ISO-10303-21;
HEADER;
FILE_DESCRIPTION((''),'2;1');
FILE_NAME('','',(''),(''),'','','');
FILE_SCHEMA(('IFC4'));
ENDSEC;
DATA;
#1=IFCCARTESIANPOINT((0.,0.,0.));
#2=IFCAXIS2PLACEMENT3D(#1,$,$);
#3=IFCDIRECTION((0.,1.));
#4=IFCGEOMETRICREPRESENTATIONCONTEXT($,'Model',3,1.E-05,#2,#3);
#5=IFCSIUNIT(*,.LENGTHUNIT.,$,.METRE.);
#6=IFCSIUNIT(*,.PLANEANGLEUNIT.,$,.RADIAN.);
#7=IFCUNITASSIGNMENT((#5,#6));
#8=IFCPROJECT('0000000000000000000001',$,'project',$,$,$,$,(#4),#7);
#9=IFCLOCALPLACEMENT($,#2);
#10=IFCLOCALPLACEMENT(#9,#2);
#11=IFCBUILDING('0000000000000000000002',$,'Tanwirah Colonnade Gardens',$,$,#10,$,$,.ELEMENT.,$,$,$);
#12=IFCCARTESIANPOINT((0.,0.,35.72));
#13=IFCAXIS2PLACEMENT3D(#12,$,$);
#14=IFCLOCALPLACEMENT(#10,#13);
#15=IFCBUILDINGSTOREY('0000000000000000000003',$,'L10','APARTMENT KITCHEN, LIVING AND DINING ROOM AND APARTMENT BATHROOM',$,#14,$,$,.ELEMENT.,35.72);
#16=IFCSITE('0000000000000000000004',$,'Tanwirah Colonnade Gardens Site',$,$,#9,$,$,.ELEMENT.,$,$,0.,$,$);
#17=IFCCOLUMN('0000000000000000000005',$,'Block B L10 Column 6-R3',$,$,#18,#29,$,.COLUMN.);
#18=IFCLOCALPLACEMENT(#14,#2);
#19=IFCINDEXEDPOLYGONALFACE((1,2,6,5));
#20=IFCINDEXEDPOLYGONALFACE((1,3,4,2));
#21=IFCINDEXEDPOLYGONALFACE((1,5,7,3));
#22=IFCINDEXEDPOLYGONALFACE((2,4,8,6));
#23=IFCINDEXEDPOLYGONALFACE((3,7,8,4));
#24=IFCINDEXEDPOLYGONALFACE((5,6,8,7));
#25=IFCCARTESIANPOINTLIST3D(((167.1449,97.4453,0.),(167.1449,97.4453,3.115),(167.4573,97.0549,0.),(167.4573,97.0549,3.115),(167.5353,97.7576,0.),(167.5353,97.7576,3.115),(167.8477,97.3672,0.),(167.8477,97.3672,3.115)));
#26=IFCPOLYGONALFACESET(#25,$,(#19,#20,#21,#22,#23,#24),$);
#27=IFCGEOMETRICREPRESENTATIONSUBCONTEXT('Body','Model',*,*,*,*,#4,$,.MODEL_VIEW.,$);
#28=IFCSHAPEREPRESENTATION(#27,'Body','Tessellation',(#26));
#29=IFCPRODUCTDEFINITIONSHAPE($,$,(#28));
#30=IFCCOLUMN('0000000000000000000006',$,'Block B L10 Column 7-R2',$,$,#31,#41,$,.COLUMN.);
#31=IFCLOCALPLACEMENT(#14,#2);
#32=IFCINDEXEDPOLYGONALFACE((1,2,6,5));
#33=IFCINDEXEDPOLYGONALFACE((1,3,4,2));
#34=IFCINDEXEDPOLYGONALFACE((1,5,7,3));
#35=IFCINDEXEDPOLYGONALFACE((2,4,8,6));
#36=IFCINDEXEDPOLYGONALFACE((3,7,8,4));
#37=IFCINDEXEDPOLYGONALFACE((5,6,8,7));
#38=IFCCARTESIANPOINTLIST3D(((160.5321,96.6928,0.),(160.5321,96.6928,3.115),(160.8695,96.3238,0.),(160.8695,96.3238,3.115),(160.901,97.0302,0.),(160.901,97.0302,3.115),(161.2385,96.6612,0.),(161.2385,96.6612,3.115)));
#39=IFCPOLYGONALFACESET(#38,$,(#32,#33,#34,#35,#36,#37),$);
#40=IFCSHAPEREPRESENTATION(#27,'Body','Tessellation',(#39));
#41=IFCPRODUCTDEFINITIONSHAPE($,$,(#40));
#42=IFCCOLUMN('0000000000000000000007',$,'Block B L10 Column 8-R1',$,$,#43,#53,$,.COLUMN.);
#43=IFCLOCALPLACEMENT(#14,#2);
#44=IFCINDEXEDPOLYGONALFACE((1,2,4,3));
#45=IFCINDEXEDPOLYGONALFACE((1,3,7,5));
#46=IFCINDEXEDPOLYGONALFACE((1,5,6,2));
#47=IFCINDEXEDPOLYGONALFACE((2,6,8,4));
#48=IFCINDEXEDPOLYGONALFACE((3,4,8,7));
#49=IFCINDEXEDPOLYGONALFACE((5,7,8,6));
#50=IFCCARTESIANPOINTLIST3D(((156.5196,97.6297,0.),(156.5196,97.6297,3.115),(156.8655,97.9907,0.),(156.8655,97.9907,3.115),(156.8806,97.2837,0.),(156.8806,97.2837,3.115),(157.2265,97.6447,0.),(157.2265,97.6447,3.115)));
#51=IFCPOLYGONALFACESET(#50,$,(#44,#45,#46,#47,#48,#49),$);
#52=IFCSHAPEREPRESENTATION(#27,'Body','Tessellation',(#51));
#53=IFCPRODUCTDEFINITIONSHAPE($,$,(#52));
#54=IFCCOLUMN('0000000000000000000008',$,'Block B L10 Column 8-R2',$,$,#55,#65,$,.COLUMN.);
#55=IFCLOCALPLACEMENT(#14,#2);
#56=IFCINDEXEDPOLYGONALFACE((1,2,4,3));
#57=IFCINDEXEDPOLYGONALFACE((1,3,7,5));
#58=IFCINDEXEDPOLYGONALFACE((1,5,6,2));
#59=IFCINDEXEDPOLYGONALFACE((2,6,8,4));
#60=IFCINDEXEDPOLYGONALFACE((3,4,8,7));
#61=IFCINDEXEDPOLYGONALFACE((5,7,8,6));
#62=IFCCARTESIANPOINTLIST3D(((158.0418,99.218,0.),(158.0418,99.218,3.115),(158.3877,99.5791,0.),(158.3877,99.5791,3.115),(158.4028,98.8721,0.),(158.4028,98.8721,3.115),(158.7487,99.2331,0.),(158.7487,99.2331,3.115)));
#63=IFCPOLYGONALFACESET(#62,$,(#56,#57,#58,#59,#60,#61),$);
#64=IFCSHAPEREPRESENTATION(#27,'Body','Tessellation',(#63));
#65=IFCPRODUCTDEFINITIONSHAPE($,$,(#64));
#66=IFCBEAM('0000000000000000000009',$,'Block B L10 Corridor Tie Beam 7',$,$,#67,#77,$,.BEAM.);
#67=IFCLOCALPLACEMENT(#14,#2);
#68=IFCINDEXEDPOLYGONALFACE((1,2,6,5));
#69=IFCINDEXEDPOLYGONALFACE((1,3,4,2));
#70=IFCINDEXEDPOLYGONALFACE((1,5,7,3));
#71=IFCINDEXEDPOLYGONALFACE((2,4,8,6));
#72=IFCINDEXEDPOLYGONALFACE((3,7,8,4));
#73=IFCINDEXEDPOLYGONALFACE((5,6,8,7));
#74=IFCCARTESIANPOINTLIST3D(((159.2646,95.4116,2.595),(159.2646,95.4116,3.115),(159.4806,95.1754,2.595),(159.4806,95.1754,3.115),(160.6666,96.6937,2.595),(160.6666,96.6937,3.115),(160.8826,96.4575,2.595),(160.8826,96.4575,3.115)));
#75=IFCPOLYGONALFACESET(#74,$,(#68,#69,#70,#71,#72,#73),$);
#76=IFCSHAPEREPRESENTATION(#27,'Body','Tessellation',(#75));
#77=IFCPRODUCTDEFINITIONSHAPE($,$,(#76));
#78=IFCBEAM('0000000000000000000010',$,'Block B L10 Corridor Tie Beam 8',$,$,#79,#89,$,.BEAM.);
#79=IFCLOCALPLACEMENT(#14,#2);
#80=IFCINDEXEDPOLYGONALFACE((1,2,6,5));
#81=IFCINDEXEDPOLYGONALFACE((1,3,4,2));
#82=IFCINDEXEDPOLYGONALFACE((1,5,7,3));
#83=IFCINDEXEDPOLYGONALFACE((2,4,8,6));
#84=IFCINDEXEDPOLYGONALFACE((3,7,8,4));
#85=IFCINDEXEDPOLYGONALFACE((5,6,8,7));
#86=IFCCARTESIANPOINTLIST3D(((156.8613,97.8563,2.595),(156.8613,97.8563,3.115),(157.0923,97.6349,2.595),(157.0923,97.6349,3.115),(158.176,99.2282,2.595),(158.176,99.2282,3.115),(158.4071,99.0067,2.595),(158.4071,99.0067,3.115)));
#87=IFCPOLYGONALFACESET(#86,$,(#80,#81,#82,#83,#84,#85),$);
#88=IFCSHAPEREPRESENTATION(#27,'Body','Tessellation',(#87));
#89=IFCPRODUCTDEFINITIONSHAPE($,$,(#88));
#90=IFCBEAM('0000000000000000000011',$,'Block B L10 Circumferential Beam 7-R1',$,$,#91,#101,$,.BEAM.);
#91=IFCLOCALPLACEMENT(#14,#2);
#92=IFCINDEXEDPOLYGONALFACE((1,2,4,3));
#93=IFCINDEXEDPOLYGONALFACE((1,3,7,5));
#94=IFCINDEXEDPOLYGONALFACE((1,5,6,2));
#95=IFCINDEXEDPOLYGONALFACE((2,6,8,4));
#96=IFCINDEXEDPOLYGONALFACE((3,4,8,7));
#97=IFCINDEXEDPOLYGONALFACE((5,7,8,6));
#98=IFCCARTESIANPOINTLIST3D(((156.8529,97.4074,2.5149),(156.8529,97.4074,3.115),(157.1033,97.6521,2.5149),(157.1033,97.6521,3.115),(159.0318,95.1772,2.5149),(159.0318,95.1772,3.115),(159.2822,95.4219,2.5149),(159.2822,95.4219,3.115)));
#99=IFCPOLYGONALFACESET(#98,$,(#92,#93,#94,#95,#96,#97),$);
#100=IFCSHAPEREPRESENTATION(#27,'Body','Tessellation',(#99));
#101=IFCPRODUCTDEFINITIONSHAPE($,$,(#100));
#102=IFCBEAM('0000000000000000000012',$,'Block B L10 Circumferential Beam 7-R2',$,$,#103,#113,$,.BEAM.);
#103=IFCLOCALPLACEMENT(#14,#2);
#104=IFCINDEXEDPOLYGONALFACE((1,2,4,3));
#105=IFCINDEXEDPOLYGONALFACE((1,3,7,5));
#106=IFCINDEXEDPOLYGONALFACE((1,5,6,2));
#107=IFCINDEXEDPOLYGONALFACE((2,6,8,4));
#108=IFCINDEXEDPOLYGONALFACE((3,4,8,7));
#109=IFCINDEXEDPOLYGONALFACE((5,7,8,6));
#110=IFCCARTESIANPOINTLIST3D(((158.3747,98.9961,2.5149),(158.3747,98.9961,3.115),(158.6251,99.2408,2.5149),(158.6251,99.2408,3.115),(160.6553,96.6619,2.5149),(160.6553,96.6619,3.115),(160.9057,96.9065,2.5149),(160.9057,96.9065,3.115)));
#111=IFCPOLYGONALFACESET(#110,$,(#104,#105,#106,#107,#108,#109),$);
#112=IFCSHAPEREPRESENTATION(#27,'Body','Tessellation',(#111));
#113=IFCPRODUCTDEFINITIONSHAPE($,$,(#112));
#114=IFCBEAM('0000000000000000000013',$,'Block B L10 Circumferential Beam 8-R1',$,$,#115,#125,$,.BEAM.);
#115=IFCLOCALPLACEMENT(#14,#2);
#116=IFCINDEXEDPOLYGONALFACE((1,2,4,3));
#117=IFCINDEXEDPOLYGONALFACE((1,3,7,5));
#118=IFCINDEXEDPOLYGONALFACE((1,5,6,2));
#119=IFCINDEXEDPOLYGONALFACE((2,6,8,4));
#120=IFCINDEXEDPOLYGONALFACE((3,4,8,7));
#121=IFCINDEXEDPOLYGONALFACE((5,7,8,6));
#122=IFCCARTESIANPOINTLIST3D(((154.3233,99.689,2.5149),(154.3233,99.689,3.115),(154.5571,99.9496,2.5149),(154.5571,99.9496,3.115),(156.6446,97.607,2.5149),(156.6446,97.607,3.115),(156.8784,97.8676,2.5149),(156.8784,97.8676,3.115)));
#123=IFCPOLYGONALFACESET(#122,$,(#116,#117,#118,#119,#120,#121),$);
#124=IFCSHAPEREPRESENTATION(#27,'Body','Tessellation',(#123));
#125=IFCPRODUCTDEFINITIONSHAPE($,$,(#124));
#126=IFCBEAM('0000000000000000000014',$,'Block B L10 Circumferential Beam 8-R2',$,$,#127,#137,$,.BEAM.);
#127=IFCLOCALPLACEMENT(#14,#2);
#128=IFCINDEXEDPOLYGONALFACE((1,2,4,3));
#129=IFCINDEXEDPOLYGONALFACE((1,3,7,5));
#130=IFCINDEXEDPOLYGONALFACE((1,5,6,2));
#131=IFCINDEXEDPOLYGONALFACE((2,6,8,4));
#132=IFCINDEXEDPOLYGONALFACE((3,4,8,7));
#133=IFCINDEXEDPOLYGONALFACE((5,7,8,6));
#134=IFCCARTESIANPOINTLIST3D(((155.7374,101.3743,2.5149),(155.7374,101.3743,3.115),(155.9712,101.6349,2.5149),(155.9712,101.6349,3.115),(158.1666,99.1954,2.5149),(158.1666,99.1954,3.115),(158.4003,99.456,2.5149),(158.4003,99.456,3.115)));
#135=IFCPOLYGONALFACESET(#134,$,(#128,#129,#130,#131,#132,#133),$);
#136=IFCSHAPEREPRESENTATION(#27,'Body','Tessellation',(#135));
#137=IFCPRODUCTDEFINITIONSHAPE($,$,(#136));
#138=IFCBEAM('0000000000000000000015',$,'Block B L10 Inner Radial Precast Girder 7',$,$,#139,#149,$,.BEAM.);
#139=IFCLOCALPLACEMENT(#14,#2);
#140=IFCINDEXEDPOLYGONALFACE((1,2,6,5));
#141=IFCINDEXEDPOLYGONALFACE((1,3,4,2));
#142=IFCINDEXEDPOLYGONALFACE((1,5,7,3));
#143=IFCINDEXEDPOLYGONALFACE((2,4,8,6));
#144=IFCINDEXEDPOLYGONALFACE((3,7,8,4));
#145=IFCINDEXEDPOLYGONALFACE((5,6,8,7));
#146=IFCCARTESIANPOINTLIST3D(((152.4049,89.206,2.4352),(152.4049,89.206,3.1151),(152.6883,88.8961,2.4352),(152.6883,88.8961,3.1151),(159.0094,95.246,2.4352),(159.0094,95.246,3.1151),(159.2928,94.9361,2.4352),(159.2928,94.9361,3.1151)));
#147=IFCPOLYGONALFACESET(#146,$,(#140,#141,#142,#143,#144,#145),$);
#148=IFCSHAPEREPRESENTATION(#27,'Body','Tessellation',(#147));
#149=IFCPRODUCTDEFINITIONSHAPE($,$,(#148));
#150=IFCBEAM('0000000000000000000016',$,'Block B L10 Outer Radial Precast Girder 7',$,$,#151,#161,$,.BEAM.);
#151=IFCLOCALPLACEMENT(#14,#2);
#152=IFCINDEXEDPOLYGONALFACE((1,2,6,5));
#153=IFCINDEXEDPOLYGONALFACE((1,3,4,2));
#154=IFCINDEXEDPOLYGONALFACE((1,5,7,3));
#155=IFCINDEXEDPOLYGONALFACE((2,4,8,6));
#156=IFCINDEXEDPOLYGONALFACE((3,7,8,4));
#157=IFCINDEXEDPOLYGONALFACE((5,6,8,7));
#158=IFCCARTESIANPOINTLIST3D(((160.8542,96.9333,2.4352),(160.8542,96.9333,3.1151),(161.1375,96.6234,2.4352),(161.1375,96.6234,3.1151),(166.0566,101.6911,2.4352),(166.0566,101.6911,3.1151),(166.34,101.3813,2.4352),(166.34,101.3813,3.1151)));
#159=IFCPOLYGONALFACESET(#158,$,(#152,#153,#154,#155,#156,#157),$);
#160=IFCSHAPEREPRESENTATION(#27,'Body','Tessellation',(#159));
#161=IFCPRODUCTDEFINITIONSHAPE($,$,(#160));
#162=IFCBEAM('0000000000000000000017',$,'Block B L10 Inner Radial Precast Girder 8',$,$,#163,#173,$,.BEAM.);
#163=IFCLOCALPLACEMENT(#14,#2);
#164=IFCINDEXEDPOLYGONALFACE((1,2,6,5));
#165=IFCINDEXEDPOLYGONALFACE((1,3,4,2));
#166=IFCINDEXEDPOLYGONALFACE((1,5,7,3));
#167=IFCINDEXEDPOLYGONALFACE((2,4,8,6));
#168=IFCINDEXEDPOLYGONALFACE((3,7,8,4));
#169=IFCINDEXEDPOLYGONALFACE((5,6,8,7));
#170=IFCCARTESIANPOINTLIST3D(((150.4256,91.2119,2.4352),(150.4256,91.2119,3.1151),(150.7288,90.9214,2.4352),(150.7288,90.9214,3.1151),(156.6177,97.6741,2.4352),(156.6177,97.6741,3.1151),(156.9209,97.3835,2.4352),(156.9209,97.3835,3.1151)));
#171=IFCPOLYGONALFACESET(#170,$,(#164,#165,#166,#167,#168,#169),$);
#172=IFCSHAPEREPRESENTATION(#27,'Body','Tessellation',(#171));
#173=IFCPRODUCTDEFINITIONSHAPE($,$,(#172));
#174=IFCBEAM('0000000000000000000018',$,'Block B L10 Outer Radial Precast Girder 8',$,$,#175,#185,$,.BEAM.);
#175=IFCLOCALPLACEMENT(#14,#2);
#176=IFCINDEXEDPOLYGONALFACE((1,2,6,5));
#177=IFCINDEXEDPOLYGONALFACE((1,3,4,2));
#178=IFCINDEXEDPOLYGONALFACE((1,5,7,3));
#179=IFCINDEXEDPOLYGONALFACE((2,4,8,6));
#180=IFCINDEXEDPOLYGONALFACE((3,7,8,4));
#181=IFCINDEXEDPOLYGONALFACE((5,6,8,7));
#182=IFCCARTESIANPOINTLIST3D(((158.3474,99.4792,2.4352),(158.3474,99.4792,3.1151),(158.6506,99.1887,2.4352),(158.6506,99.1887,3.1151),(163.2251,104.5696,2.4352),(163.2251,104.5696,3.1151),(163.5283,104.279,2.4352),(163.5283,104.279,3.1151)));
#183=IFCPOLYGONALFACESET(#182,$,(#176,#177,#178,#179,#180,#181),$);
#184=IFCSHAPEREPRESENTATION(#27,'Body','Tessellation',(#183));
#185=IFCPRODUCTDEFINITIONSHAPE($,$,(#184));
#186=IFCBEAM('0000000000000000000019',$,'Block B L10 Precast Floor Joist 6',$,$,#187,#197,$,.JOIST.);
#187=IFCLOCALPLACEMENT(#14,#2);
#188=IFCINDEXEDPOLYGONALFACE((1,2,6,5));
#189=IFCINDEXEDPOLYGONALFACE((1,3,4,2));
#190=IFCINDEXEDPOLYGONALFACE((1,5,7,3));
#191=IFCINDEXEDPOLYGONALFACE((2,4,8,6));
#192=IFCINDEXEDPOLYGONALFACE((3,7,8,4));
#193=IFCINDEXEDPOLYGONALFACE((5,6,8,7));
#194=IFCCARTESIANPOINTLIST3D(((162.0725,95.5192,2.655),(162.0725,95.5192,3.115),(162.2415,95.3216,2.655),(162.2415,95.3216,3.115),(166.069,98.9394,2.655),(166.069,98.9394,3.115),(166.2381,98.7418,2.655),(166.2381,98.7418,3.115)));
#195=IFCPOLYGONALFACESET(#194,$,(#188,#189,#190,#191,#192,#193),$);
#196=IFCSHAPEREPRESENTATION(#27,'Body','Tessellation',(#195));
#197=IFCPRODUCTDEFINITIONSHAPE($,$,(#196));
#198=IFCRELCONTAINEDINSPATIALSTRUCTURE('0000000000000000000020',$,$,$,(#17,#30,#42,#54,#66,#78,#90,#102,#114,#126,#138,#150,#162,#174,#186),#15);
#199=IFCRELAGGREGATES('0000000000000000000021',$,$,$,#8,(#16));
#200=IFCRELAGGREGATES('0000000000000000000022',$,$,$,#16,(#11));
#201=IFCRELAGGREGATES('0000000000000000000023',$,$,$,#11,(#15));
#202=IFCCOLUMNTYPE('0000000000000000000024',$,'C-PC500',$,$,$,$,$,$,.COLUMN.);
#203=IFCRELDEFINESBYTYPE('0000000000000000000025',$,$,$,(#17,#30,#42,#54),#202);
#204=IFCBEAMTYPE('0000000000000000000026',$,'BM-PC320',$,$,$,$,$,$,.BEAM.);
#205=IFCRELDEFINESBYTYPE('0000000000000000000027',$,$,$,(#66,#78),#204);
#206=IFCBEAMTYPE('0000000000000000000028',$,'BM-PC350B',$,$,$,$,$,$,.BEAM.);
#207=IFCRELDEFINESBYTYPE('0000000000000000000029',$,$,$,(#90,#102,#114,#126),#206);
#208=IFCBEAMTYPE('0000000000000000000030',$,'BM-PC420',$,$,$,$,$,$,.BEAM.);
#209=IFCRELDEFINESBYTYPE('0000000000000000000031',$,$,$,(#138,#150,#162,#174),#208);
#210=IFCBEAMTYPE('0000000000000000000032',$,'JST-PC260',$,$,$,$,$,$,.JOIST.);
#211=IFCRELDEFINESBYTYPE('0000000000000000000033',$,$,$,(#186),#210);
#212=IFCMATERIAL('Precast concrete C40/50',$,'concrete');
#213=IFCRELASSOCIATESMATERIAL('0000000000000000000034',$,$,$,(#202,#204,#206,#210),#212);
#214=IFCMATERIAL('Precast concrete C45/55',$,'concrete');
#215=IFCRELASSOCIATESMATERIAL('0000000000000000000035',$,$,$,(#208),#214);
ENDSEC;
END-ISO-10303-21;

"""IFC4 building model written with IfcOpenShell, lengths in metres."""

from ifc_helpers import new_model, si_unit, direction, frame, origin, origin_2d, place, context, subcontext, project, spatial, rectangle, extrude, material, material_profile, profile_set, type_object, element, save


model = new_model("IFC4")

# Units and contexts
model_context = context("Model", 3, precision=1e-05, world=origin(), true_north=direction((0.0, 1.0)))
body_context = subcontext(model_context, "Body", "Model", "MODEL_VIEW")
ifc_project = project(units=[si_unit("LENGTHUNIT", "METRE"), si_unit("PLANEANGLEUNIT", "RADIAN")], contexts=[model_context])

# Site, building, storey
site_placement = place(None, origin())
site = spatial("IfcSite", under=ifc_project, at=site_placement, Name="Tanwirah Colonnade Gardens Site", CompositionType="ELEMENT", RefElevation=0.0)
building_placement = place(site_placement, origin())
building = spatial("IfcBuilding", under=site, at=building_placement, Name="Tanwirah Colonnade Gardens", CompositionType="ELEMENT")
storey_placement = place(building_placement, frame((0.0, 0.0, 35.72)))
storey = spatial("IfcBuildingStorey", under=building, at=storey_placement, Name="L10", Description="APARTMENT KITCHEN, LIVING AND DINING ROOM AND APARTMENT BATHROOM", CompositionType="ELEMENT", Elevation=35.72)

# Columns
ifc_material_1 = material(Name="Precast concrete C40/50", Category="concrete")
ifc_material_profile_1 = material_profile(ifc_material_1, rectangle(XDim=0.5, YDim=0.5, at=origin_2d()), Name="PC-COL 500x500")
ifc_profile_set_1 = profile_set([ifc_material_profile_1], Name="Precast concrete C40/50")
column_type = type_object("IfcColumnType", Name="C-PC500", PredefinedType="COLUMN", material=ifc_profile_set_1)
for number, where, z_axis, x_axis, name in (
    (1, (167.4963, 97.4062, 0.0), (0.0, 0.0, 1.0), (0.780794, 0.624789, 0.0), "Block B L10 Column 6-R3"),
    (2, (160.8853, 96.677, 0.0), (0.0, 0.0, 1.0), (0.737932, 0.674875, 0.0), "Block B L10 Column 7-R2"),
    (3, (156.873, 97.6372, 0.0), (0.0, 0.0, 1.0), (0.691863, 0.722029, 0.0), "Block B L10 Column 8-R1"),
    (4, (158.3953, 99.2256, 0.0), (0.0, 0.0, 1.0), (0.691863, 0.722029, 0.0), "Block B L10 Column 8-R2"),
):
    element("IfcColumn", number, at=place(storey_placement, frame(where, z_axis=z_axis, x_axis=x_axis)), inside=storey, type_object=column_type, Name=name, PredefinedType="COLUMN", context=body_context, shape_type="SweptSolid", body=[
        extrude(rectangle(XDim=0.5, YDim=0.5, at=origin_2d()), origin(), (0.0, 0.0, 1.0), 3.115),
    ])

# Beams
ifc_material_profile_2 = material_profile(ifc_material_1, rectangle(XDim=0.3201, YDim=0.52, at=origin_2d()), Name="PC-BM 320x520")
ifc_profile_set_2 = profile_set([ifc_material_profile_2], Name="Precast concrete C40/50")
beam_type_1 = type_object("IfcBeamType", Name="BM-PC320", PredefinedType="BEAM", material=ifc_profile_set_2)
beam_1_placement = place(storey_placement, frame((159.3726, 95.2935, 2.855), z_axis=(0.737948, 0.674857, 0.0), x_axis=(-0.674857, 0.737948, 0.0)))
element("IfcBeam", 5, at=beam_1_placement, inside=storey, type_object=beam_type_1, Name="Block B L10 Corridor Tie Beam 7", PredefinedType="BEAM", context=body_context, shape_type="SweptSolid", body=[
    extrude(rectangle(XDim=0.3201, YDim=0.52, at=origin_2d()), origin(), (0.0, 0.0, 1.0), 1.8999),
])
beam_2_placement = place(storey_placement, frame((156.9768, 97.7456, 2.855), z_axis=(0.691914, 0.72198, 0.0), x_axis=(-0.72198, 0.691914, 0.0)))
element("IfcBeam", 6, at=beam_2_placement, inside=storey, type_object=beam_type_1, Name="Block B L10 Corridor Tie Beam 8", PredefinedType="BEAM", context=body_context, shape_type="SweptSolid", body=[
    extrude(rectangle(XDim=0.3201, YDim=0.52, at=origin_2d()), origin(), (0.0, 0.0, 1.0), 1.9001),
])
ifc_material_profile_3 = material_profile(ifc_material_1, rectangle(XDim=0.3501, YDim=0.6001, at=origin_2d()), Name="PC-BM 350x600")
ifc_profile_set_3 = profile_set([ifc_material_profile_3], Name="Precast concrete C40/50")
beam_type_2 = type_object("IfcBeamType", Name="BM-PC350B", PredefinedType="BEAM", material=ifc_profile_set_3)
beam_3_placement = place(storey_placement, frame((159.157, 95.2996, 2.8149), z_axis=(-0.698837, 0.715281, 0.0), x_axis=(-0.715281, -0.698837, 0.0)))
element("IfcBeam", 7, at=beam_3_placement, inside=storey, type_object=beam_type_2, Name="Block B L10 Circumferential Beam 7-R1", PredefinedType="BEAM", context=body_context, shape_type="SweptSolid", body=[
    extrude(rectangle(XDim=0.3501, YDim=0.6001, at=origin_2d()), origin(), (0.0, 0.0, 1.0), 3.1179),
])
beam_4_placement = place(storey_placement, frame((160.7805, 96.7842, 2.8149), z_axis=(-0.698829, 0.715288, 0.0), x_axis=(-0.715288, -0.698829, 0.0)))
element("IfcBeam", 8, at=beam_4_placement, inside=storey, type_object=beam_type_2, Name="Block B L10 Circumferential Beam 7-R2", PredefinedType="BEAM", context=body_context, shape_type="SweptSolid", body=[
    extrude(rectangle(XDim=0.3501, YDim=0.6001, at=origin_2d()), origin(), (0.0, 0.0, 1.0), 3.2634),
])
beam_5_placement = place(storey_placement, frame((156.7615, 97.7373, 2.8149), z_axis=(-0.74443, 0.667701, 0.0), x_axis=(-0.667701, -0.74443, 0.0)))
element("IfcBeam", 9, at=beam_5_placement, inside=storey, type_object=beam_type_2, Name="Block B L10 Circumferential Beam 8-R1", PredefinedType="BEAM", context=body_context, shape_type="SweptSolid", body=[
    extrude(rectangle(XDim=0.3501, YDim=0.6001, at=origin_2d()), origin(), (0.0, 0.0, 1.0), 3.1182),
])
beam_6_placement = place(storey_placement, frame((158.2834, 99.3257, 2.8149), z_axis=(-0.744409, 0.667724, 0.0), x_axis=(-0.667724, -0.744409, 0.0)))
element("IfcBeam", 10, at=beam_6_placement, inside=storey, type_object=beam_type_2, Name="Block B L10 Circumferential Beam 8-R2", PredefinedType="BEAM", context=body_context, shape_type="SweptSolid", body=[
    extrude(rectangle(XDim=0.3501, YDim=0.6001, at=origin_2d()), origin(), (0.0, 0.0, 1.0), 3.2632),
])
ifc_material_2 = material(Name="Precast concrete C45/55", Category="concrete")
ifc_material_profile_4 = material_profile(ifc_material_2, rectangle(XDim=0.4199, YDim=0.6799, at=origin_2d()), Name="PC-BM 420x680")
ifc_profile_set_4 = profile_set([ifc_material_profile_4], Name="Precast concrete C45/55")
beam_type_3 = type_object("IfcBeamType", Name="BM-PC420", PredefinedType="BEAM", material=ifc_profile_set_4)
beam_7_placement = place(storey_placement, frame((159.1511, 95.0911, 2.7751), z_axis=(-0.737937, -0.674869, 0.0), x_axis=(0.674869, -0.737937, 0.0)))
element("IfcBeam", 11, at=beam_7_placement, inside=storey, type_object=beam_type_3, Name="Block B L10 Inner Radial Precast Girder 7", PredefinedType="BEAM", context=body_context, shape_type="SweptSolid", body=[
    extrude(rectangle(XDim=0.4199, YDim=0.6799, at=origin_2d()), origin(), (0.0, 0.0, 1.0), 8.95),
])
beam_8_placement = place(storey_placement, frame((160.9958, 96.7783, 2.7751), z_axis=(0.737934, 0.674873, 0.0), x_axis=(-0.674873, 0.737934, 0.0)))
element("IfcBeam", 12, at=beam_8_placement, inside=storey, type_object=beam_type_3, Name="Block B L10 Outer Radial Precast Girder 7", PredefinedType="BEAM", context=body_context, shape_type="SweptSolid", body=[
    extrude(rectangle(XDim=0.4199, YDim=0.6799, at=origin_2d()), origin(), (0.0, 0.0, 1.0), 7.05),
])
beam_9_placement = place(storey_placement, frame((156.7693, 97.5288, 2.7751), z_axis=(-0.691861, -0.722031, 0.0), x_axis=(0.722031, -0.691861, 0.0)))
element("IfcBeam", 13, at=beam_9_placement, inside=storey, type_object=beam_type_3, Name="Block B L10 Inner Radial Precast Girder 8", PredefinedType="BEAM", context=body_context, shape_type="SweptSolid", body=[
    extrude(rectangle(XDim=0.4199, YDim=0.6799, at=origin_2d()), origin(), (0.0, 0.0, 1.0), 8.95),
])
beam_10_placement = place(storey_placement, frame((158.499, 99.334, 2.7751), z_axis=(0.691865, 0.722027, 0.0), x_axis=(-0.722027, 0.691865, 0.0)))
element("IfcBeam", 14, at=beam_10_placement, inside=storey, type_object=beam_type_3, Name="Block B L10 Outer Radial Precast Girder 8", PredefinedType="BEAM", context=body_context, shape_type="SweptSolid", body=[
    extrude(rectangle(XDim=0.4199, YDim=0.6799, at=origin_2d()), origin(), (0.0, 0.0, 1.0), 7.05),
])
ifc_material_profile_5 = material_profile(ifc_material_1, rectangle(XDim=0.26, YDim=0.46, at=origin_2d()), Name="PC-JST 260x460")
ifc_profile_set_5 = profile_set([ifc_material_profile_5], Name="Precast concrete C40/50")
beam_type_4 = type_object("IfcBeamType", Name="JST-PC260", PredefinedType="JOIST", material=ifc_profile_set_5)
beam_11_placement = place(storey_placement, frame((162.157, 95.4204, 2.885), z_axis=(0.759771, 0.650191, 0.0), x_axis=(-0.650191, 0.759771, 0.0)))
element("IfcBeam", 15, at=beam_11_placement, inside=storey, type_object=beam_type_4, Name="Block B L10 Precast Floor Joist 6", PredefinedType="JOIST", context=body_context, shape_type="SweptSolid", body=[
    extrude(rectangle(XDim=0.26, YDim=0.46, at=origin_2d()), origin(), (0.0, 0.0, 1.0), 5.2603),
])

save(model, "model.ifc")
